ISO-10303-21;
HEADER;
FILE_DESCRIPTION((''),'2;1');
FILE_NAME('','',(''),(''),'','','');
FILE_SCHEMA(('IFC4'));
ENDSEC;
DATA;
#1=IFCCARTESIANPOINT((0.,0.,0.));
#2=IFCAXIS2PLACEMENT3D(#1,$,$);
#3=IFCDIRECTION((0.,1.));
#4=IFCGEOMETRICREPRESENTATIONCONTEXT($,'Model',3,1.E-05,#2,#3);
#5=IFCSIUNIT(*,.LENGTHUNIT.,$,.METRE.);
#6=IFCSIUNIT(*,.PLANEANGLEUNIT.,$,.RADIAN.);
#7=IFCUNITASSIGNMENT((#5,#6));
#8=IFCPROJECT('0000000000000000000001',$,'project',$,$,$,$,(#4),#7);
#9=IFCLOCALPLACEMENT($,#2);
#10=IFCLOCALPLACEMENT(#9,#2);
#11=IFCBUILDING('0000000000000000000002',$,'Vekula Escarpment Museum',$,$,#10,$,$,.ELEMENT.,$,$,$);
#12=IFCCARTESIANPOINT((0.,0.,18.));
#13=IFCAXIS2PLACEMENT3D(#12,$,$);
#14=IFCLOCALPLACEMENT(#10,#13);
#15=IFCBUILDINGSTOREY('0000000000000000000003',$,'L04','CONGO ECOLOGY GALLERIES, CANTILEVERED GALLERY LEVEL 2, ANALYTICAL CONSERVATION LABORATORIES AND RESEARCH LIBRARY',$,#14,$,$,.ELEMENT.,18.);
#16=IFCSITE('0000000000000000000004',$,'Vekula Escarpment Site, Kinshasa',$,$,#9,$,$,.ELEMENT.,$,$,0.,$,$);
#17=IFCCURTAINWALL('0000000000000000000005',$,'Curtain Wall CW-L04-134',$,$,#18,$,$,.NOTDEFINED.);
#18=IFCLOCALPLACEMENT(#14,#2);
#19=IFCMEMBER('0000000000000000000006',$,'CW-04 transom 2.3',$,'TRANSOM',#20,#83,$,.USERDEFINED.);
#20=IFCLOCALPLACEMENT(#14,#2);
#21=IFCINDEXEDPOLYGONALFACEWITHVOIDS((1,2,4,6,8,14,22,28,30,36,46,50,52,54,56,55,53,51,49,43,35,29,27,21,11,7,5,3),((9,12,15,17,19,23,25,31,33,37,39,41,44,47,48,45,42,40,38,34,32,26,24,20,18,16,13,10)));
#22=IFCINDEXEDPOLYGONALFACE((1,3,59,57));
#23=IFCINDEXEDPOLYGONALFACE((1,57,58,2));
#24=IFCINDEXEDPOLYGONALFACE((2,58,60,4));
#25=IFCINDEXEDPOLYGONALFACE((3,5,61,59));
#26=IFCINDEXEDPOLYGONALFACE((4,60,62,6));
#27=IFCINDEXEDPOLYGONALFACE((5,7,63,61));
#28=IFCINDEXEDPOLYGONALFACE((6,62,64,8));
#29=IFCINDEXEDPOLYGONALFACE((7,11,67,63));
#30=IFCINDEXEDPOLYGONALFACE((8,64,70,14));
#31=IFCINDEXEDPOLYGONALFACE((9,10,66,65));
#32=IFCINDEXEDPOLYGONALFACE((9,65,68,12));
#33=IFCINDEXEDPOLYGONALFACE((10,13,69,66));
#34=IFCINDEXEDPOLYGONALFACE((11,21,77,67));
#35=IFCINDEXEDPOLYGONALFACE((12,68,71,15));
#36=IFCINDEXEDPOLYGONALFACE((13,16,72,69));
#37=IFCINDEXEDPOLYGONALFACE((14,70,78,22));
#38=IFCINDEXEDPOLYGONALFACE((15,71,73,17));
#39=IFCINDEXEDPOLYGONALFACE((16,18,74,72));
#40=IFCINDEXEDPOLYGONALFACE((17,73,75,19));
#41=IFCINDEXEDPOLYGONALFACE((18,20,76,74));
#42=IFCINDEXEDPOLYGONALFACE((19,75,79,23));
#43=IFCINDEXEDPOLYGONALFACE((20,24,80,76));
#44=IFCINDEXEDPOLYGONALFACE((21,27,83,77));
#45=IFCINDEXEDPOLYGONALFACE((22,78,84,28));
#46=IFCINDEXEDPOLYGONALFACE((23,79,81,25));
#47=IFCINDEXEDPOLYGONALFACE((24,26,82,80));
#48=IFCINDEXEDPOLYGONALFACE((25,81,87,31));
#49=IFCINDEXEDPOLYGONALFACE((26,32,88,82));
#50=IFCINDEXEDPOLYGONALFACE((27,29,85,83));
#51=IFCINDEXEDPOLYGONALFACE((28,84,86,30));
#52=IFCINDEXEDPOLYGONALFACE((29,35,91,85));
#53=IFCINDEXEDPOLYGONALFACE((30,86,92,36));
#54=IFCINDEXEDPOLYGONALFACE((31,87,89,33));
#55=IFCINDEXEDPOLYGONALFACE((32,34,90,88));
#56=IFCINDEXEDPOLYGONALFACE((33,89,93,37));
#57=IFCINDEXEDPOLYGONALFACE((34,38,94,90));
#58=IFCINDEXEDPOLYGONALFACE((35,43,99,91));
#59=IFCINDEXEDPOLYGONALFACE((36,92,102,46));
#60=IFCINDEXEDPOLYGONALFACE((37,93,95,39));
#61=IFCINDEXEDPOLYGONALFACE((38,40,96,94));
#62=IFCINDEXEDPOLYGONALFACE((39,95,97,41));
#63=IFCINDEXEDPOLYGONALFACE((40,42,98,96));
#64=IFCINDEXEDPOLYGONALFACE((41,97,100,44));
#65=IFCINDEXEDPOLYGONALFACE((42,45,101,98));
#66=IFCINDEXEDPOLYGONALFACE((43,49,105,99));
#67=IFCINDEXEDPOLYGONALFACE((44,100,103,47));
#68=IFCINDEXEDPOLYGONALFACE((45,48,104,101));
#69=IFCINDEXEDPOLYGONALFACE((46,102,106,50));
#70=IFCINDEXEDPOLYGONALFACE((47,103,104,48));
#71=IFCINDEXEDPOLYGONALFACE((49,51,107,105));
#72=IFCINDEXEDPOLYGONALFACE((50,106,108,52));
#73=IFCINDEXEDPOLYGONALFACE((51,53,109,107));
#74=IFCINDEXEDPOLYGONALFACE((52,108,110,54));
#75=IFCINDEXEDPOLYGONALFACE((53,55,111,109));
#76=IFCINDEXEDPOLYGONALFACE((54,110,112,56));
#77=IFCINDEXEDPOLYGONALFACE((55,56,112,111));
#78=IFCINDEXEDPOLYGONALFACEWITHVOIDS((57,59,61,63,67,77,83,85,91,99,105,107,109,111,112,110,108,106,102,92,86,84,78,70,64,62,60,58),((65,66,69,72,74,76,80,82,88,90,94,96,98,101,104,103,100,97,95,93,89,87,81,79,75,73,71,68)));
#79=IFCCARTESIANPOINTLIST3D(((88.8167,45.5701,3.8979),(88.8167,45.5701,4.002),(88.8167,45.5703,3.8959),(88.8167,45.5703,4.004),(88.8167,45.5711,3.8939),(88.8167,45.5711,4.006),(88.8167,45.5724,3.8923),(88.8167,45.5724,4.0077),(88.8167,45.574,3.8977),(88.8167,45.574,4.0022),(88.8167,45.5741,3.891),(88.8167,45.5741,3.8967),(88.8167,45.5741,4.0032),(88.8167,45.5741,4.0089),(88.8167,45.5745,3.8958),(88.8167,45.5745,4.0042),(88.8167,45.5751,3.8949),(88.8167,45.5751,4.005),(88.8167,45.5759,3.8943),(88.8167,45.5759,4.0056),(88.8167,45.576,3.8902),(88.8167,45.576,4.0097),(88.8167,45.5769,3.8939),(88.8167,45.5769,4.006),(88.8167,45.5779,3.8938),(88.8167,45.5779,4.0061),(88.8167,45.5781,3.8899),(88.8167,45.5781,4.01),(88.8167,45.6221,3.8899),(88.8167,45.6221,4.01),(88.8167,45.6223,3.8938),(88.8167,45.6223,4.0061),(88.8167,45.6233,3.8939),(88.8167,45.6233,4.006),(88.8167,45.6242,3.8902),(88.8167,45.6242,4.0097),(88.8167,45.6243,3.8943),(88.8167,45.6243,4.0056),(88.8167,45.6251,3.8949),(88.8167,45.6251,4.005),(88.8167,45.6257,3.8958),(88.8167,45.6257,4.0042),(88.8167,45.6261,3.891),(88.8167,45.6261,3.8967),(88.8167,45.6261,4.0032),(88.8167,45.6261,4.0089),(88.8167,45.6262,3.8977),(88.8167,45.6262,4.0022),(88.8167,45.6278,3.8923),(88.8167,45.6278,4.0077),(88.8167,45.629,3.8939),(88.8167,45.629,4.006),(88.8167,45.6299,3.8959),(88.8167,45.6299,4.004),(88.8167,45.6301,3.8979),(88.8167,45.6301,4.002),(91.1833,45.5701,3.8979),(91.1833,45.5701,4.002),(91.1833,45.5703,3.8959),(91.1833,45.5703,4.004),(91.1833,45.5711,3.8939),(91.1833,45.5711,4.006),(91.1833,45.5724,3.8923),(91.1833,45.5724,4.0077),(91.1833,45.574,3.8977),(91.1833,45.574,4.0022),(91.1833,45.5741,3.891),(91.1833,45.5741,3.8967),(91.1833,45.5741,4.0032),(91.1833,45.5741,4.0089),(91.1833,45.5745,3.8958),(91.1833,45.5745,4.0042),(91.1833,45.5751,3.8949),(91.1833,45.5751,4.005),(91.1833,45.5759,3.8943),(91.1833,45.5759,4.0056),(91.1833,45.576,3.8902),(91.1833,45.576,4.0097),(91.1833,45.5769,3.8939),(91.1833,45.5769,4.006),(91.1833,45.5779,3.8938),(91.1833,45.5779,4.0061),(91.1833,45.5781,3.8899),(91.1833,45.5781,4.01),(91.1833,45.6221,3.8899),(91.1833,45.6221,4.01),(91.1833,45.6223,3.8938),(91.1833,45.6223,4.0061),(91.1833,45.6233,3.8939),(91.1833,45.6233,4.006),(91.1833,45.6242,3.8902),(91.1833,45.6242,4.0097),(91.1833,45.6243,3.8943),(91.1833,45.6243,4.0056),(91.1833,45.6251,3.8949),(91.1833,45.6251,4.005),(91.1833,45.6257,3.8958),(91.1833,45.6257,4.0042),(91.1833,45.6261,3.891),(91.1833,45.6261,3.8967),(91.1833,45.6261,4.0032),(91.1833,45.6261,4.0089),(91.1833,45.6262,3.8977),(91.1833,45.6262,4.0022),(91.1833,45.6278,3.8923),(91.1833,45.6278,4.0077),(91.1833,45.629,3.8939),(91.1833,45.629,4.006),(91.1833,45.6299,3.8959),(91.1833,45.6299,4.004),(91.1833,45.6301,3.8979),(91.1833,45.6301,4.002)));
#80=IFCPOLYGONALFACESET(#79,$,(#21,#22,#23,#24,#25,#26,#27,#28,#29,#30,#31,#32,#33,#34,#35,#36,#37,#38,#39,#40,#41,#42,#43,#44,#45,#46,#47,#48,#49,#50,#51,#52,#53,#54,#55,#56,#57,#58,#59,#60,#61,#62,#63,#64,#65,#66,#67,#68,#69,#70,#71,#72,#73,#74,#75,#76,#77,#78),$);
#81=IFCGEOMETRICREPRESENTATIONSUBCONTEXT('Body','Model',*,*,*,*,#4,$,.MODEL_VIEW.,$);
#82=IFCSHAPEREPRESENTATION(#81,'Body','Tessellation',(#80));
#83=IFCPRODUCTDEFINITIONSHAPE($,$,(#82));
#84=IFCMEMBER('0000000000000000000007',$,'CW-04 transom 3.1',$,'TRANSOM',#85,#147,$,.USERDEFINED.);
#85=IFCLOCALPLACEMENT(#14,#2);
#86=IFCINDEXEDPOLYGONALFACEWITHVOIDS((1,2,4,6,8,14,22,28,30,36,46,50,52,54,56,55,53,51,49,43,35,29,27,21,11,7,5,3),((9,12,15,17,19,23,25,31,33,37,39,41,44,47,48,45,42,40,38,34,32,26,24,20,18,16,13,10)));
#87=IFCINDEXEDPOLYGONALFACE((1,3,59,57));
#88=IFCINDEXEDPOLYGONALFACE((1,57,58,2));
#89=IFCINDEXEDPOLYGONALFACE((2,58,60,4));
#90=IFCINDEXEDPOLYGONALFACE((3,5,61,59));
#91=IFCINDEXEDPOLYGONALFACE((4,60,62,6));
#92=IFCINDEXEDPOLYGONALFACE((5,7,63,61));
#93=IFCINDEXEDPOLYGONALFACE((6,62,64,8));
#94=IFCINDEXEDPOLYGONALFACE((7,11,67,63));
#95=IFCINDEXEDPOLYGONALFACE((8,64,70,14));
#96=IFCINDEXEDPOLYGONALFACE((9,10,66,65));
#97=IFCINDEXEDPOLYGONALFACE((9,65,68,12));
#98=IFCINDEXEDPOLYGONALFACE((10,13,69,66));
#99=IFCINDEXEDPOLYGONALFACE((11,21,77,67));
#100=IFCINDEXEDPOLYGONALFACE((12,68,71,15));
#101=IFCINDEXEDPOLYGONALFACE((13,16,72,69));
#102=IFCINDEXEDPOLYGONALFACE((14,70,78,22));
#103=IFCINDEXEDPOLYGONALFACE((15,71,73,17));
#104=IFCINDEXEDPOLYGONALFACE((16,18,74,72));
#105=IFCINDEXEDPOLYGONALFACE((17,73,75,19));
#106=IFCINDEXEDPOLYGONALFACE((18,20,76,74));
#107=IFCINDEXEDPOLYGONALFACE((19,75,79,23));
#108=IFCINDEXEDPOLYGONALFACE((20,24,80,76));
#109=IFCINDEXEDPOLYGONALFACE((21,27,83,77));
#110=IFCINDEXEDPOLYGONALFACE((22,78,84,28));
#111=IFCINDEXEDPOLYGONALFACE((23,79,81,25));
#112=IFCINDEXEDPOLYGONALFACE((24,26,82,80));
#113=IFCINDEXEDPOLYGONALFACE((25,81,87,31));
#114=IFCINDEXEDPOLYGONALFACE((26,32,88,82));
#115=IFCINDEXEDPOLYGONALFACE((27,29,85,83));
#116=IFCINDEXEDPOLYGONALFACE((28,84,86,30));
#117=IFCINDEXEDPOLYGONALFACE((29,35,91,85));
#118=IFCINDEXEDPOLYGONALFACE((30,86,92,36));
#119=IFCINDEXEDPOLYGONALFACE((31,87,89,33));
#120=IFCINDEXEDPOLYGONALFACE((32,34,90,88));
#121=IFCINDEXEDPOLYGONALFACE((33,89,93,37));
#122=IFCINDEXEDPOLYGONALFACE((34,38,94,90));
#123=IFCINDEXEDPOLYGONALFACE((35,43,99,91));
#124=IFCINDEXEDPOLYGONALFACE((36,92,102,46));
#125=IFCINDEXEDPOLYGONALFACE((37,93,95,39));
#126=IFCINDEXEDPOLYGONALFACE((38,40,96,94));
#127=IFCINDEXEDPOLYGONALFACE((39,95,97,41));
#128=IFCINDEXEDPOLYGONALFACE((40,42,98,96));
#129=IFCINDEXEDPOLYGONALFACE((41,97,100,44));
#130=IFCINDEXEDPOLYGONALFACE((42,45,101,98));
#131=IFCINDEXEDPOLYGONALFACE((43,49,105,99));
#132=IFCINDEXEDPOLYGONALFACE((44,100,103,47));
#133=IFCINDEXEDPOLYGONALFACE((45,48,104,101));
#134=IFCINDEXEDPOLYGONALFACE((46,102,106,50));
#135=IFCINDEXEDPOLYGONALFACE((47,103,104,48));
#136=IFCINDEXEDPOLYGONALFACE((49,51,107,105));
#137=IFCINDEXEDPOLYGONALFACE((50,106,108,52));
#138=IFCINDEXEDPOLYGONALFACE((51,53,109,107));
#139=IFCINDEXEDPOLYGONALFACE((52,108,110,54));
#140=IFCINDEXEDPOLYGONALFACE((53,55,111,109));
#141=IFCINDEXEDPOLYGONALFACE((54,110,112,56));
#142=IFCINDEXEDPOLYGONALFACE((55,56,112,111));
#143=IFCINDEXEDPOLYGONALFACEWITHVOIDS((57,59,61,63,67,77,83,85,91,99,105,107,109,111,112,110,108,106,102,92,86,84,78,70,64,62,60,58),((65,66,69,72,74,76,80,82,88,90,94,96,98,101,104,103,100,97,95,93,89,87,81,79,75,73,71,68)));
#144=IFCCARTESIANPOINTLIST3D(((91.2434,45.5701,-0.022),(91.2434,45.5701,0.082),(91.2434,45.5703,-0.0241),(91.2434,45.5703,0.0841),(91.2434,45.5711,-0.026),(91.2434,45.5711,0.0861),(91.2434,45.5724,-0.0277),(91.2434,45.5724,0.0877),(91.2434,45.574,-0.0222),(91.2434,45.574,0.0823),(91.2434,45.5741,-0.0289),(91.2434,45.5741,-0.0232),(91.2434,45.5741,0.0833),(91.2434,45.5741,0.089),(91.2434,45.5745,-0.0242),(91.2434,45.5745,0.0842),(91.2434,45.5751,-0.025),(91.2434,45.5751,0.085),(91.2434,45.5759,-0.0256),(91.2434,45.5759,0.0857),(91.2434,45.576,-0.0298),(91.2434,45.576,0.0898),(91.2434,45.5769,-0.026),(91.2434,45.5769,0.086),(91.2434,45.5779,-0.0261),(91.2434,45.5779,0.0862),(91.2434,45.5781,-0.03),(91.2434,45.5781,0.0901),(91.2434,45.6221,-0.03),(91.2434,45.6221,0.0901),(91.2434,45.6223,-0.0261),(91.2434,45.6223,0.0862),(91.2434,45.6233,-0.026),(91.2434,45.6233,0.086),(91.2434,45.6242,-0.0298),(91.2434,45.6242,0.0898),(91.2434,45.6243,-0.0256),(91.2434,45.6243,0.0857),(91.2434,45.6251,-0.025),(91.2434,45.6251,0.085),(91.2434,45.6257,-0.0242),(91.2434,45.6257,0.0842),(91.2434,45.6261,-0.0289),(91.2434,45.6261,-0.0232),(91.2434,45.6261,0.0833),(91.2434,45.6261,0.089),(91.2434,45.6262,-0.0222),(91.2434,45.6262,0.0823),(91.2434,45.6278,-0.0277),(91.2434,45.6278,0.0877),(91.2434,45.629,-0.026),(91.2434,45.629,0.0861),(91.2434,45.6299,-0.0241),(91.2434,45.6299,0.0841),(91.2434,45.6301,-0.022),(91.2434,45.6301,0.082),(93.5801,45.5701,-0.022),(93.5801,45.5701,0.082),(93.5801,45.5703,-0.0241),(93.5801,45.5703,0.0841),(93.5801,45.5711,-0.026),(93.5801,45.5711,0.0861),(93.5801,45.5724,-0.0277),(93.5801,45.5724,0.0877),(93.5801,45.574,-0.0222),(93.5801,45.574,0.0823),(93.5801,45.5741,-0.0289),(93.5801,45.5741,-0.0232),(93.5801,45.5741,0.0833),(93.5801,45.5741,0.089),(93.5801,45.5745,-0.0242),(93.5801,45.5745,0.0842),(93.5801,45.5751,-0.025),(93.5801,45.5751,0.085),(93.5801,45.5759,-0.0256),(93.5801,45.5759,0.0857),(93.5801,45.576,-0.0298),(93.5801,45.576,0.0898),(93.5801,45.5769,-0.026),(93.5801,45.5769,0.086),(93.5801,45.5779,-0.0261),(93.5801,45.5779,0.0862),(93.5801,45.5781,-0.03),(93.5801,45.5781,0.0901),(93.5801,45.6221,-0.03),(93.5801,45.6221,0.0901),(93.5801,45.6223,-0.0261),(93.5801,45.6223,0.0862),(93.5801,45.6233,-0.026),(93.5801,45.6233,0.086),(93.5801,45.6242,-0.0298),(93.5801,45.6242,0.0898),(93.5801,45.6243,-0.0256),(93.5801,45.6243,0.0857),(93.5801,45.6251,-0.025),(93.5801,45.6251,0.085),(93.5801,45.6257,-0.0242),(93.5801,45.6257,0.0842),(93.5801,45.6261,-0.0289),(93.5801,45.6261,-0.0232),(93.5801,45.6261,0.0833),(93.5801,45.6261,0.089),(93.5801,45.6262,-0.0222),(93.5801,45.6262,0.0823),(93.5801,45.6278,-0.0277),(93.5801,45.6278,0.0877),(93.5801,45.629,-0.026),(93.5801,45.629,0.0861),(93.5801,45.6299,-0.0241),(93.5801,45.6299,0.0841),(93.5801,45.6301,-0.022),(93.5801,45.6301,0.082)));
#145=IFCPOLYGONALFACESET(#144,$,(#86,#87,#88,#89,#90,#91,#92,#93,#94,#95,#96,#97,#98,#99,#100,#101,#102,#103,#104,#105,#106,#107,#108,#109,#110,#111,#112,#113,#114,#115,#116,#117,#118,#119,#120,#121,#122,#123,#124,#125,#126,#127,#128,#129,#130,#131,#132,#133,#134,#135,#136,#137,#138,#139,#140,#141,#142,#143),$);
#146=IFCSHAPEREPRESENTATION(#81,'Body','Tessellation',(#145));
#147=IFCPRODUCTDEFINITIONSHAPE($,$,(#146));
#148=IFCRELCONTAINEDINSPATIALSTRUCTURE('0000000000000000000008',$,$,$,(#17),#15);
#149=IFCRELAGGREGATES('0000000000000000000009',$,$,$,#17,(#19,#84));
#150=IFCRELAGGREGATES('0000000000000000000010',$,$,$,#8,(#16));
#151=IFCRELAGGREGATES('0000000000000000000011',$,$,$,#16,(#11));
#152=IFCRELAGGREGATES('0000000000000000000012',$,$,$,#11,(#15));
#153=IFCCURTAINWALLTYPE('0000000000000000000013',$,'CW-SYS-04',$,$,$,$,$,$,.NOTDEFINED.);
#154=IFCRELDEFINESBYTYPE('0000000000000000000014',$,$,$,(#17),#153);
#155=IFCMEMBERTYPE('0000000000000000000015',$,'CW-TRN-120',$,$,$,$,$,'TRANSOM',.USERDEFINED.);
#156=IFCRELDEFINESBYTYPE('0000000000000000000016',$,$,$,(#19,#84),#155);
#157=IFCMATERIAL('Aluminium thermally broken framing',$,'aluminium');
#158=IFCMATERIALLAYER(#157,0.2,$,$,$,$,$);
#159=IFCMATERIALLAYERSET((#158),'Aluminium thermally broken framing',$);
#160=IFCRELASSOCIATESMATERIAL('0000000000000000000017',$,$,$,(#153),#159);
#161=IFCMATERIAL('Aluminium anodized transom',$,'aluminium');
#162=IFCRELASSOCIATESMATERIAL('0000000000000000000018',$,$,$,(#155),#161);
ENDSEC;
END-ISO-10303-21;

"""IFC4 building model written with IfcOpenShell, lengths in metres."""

from ifc_helpers import new_model, si_unit, direction, frame, origin, origin_2d, place, context, subcontext, project, spatial, hollow_rectangle, extrude, material, layer, layer_set, material_profile, profile_set, type_object, element, aggregate, save


model = new_model("IFC4")

# Units and contexts
model_context = context("Model", 3, precision=1e-05, world=origin(), true_north=direction((0.0, 1.0)))
body_context = subcontext(model_context, "Body", "Model", "MODEL_VIEW")
ifc_project = project(units=[si_unit("LENGTHUNIT", "METRE"), si_unit("PLANEANGLEUNIT", "RADIAN")], contexts=[model_context])

# Site, building, storey
site_placement = place(None, origin())
site = spatial("IfcSite", under=ifc_project, at=site_placement, Name="Vekula Escarpment Site, Kinshasa", CompositionType="ELEMENT", RefElevation=0.0)
building_placement = place(site_placement, origin())
building = spatial("IfcBuilding", under=site, at=building_placement, Name="Vekula Escarpment Museum", CompositionType="ELEMENT")
storey_placement = place(building_placement, frame((0.0, 0.0, 18.0)))
storey = spatial("IfcBuildingStorey", under=building, at=storey_placement, Name="L04", Description="CONGO ECOLOGY GALLERIES, CANTILEVERED GALLERY LEVEL 2, ANALYTICAL CONSERVATION LABORATORIES AND RESEARCH LIBRARY", CompositionType="ELEMENT", Elevation=18.0)

# Curtain wall
ifc_material_1 = material(Name="Aluminium thermally broken framing", Category="aluminium")
ifc_layer_1 = layer(ifc_material_1, 0.2)
ifc_layer_set_1 = layer_set([ifc_layer_1], Name="Aluminium thermally broken framing")
curtain_wall_type_1 = type_object("IfcCurtainWallType", Name="CW-SYS-04", PredefinedType="NOTDEFINED", material=ifc_layer_set_1)
curtain_wall_1_placement = place(storey_placement, origin())
curtain_wall_1 = element("IfcCurtainWall", 1, at=curtain_wall_1_placement, inside=storey, type_object=curtain_wall_type_1, Name="Curtain Wall CW-L04-134", PredefinedType="NOTDEFINED")

# Members
ifc_material_2 = material(Name="Aluminium anodized transom", Category="aluminium")
ifc_material_profile_1 = material_profile(ifc_material_2, hollow_rectangle(XDim=0.0601, YDim=0.1201, WallThickness=0.0039, InnerFilletRadius=0.0039, OuterFilletRadius=0.0081, at=origin_2d()), Name="ALU 120x60x4")
ifc_profile_set_1 = profile_set([ifc_material_profile_1], Name="Aluminium anodized transom")
member_type_1 = type_object("IfcMemberType", Name="CW-TRN-120", ElementType="TRANSOM", PredefinedType="USERDEFINED", material=ifc_profile_set_1)
member_1_placement = place(storey_placement, frame((88.8167, 45.6001, 3.95), z_axis=(1.0, 0.0, 0.0), x_axis=(0.0, 1.0, 0.0)))
member_1 = element("IfcMember", 2, at=member_1_placement, type_object=member_type_1, Name="CW-04 transom 2.3", ObjectType="TRANSOM", PredefinedType="USERDEFINED", context=body_context, shape_type="SweptSolid", body=[
    extrude(hollow_rectangle(XDim=0.0601, YDim=0.1201, WallThickness=0.0039, InnerFilletRadius=0.0039, OuterFilletRadius=0.0081, at=origin_2d()), origin(), (0.0, 0.0, 1.0), 2.3667),
])
member_2_placement = place(storey_placement, frame((91.2434, 45.6001, 0.03), z_axis=(1.0, 0.0, 0.0), x_axis=(0.0, 1.0, 0.0)))
member_2 = element("IfcMember", 3, at=member_2_placement, type_object=member_type_1, Name="CW-04 transom 3.1", ObjectType="TRANSOM", PredefinedType="USERDEFINED", context=body_context, shape_type="SweptSolid", body=[
    extrude(hollow_rectangle(XDim=0.0601, YDim=0.1201, WallThickness=0.0039, InnerFilletRadius=0.0039, OuterFilletRadius=0.0081, at=origin_2d()), origin(), (0.0, 0.0, 1.0), 2.3367),
])

aggregate(curtain_wall_1, [member_1, member_2])

save(model, "model.ifc")
